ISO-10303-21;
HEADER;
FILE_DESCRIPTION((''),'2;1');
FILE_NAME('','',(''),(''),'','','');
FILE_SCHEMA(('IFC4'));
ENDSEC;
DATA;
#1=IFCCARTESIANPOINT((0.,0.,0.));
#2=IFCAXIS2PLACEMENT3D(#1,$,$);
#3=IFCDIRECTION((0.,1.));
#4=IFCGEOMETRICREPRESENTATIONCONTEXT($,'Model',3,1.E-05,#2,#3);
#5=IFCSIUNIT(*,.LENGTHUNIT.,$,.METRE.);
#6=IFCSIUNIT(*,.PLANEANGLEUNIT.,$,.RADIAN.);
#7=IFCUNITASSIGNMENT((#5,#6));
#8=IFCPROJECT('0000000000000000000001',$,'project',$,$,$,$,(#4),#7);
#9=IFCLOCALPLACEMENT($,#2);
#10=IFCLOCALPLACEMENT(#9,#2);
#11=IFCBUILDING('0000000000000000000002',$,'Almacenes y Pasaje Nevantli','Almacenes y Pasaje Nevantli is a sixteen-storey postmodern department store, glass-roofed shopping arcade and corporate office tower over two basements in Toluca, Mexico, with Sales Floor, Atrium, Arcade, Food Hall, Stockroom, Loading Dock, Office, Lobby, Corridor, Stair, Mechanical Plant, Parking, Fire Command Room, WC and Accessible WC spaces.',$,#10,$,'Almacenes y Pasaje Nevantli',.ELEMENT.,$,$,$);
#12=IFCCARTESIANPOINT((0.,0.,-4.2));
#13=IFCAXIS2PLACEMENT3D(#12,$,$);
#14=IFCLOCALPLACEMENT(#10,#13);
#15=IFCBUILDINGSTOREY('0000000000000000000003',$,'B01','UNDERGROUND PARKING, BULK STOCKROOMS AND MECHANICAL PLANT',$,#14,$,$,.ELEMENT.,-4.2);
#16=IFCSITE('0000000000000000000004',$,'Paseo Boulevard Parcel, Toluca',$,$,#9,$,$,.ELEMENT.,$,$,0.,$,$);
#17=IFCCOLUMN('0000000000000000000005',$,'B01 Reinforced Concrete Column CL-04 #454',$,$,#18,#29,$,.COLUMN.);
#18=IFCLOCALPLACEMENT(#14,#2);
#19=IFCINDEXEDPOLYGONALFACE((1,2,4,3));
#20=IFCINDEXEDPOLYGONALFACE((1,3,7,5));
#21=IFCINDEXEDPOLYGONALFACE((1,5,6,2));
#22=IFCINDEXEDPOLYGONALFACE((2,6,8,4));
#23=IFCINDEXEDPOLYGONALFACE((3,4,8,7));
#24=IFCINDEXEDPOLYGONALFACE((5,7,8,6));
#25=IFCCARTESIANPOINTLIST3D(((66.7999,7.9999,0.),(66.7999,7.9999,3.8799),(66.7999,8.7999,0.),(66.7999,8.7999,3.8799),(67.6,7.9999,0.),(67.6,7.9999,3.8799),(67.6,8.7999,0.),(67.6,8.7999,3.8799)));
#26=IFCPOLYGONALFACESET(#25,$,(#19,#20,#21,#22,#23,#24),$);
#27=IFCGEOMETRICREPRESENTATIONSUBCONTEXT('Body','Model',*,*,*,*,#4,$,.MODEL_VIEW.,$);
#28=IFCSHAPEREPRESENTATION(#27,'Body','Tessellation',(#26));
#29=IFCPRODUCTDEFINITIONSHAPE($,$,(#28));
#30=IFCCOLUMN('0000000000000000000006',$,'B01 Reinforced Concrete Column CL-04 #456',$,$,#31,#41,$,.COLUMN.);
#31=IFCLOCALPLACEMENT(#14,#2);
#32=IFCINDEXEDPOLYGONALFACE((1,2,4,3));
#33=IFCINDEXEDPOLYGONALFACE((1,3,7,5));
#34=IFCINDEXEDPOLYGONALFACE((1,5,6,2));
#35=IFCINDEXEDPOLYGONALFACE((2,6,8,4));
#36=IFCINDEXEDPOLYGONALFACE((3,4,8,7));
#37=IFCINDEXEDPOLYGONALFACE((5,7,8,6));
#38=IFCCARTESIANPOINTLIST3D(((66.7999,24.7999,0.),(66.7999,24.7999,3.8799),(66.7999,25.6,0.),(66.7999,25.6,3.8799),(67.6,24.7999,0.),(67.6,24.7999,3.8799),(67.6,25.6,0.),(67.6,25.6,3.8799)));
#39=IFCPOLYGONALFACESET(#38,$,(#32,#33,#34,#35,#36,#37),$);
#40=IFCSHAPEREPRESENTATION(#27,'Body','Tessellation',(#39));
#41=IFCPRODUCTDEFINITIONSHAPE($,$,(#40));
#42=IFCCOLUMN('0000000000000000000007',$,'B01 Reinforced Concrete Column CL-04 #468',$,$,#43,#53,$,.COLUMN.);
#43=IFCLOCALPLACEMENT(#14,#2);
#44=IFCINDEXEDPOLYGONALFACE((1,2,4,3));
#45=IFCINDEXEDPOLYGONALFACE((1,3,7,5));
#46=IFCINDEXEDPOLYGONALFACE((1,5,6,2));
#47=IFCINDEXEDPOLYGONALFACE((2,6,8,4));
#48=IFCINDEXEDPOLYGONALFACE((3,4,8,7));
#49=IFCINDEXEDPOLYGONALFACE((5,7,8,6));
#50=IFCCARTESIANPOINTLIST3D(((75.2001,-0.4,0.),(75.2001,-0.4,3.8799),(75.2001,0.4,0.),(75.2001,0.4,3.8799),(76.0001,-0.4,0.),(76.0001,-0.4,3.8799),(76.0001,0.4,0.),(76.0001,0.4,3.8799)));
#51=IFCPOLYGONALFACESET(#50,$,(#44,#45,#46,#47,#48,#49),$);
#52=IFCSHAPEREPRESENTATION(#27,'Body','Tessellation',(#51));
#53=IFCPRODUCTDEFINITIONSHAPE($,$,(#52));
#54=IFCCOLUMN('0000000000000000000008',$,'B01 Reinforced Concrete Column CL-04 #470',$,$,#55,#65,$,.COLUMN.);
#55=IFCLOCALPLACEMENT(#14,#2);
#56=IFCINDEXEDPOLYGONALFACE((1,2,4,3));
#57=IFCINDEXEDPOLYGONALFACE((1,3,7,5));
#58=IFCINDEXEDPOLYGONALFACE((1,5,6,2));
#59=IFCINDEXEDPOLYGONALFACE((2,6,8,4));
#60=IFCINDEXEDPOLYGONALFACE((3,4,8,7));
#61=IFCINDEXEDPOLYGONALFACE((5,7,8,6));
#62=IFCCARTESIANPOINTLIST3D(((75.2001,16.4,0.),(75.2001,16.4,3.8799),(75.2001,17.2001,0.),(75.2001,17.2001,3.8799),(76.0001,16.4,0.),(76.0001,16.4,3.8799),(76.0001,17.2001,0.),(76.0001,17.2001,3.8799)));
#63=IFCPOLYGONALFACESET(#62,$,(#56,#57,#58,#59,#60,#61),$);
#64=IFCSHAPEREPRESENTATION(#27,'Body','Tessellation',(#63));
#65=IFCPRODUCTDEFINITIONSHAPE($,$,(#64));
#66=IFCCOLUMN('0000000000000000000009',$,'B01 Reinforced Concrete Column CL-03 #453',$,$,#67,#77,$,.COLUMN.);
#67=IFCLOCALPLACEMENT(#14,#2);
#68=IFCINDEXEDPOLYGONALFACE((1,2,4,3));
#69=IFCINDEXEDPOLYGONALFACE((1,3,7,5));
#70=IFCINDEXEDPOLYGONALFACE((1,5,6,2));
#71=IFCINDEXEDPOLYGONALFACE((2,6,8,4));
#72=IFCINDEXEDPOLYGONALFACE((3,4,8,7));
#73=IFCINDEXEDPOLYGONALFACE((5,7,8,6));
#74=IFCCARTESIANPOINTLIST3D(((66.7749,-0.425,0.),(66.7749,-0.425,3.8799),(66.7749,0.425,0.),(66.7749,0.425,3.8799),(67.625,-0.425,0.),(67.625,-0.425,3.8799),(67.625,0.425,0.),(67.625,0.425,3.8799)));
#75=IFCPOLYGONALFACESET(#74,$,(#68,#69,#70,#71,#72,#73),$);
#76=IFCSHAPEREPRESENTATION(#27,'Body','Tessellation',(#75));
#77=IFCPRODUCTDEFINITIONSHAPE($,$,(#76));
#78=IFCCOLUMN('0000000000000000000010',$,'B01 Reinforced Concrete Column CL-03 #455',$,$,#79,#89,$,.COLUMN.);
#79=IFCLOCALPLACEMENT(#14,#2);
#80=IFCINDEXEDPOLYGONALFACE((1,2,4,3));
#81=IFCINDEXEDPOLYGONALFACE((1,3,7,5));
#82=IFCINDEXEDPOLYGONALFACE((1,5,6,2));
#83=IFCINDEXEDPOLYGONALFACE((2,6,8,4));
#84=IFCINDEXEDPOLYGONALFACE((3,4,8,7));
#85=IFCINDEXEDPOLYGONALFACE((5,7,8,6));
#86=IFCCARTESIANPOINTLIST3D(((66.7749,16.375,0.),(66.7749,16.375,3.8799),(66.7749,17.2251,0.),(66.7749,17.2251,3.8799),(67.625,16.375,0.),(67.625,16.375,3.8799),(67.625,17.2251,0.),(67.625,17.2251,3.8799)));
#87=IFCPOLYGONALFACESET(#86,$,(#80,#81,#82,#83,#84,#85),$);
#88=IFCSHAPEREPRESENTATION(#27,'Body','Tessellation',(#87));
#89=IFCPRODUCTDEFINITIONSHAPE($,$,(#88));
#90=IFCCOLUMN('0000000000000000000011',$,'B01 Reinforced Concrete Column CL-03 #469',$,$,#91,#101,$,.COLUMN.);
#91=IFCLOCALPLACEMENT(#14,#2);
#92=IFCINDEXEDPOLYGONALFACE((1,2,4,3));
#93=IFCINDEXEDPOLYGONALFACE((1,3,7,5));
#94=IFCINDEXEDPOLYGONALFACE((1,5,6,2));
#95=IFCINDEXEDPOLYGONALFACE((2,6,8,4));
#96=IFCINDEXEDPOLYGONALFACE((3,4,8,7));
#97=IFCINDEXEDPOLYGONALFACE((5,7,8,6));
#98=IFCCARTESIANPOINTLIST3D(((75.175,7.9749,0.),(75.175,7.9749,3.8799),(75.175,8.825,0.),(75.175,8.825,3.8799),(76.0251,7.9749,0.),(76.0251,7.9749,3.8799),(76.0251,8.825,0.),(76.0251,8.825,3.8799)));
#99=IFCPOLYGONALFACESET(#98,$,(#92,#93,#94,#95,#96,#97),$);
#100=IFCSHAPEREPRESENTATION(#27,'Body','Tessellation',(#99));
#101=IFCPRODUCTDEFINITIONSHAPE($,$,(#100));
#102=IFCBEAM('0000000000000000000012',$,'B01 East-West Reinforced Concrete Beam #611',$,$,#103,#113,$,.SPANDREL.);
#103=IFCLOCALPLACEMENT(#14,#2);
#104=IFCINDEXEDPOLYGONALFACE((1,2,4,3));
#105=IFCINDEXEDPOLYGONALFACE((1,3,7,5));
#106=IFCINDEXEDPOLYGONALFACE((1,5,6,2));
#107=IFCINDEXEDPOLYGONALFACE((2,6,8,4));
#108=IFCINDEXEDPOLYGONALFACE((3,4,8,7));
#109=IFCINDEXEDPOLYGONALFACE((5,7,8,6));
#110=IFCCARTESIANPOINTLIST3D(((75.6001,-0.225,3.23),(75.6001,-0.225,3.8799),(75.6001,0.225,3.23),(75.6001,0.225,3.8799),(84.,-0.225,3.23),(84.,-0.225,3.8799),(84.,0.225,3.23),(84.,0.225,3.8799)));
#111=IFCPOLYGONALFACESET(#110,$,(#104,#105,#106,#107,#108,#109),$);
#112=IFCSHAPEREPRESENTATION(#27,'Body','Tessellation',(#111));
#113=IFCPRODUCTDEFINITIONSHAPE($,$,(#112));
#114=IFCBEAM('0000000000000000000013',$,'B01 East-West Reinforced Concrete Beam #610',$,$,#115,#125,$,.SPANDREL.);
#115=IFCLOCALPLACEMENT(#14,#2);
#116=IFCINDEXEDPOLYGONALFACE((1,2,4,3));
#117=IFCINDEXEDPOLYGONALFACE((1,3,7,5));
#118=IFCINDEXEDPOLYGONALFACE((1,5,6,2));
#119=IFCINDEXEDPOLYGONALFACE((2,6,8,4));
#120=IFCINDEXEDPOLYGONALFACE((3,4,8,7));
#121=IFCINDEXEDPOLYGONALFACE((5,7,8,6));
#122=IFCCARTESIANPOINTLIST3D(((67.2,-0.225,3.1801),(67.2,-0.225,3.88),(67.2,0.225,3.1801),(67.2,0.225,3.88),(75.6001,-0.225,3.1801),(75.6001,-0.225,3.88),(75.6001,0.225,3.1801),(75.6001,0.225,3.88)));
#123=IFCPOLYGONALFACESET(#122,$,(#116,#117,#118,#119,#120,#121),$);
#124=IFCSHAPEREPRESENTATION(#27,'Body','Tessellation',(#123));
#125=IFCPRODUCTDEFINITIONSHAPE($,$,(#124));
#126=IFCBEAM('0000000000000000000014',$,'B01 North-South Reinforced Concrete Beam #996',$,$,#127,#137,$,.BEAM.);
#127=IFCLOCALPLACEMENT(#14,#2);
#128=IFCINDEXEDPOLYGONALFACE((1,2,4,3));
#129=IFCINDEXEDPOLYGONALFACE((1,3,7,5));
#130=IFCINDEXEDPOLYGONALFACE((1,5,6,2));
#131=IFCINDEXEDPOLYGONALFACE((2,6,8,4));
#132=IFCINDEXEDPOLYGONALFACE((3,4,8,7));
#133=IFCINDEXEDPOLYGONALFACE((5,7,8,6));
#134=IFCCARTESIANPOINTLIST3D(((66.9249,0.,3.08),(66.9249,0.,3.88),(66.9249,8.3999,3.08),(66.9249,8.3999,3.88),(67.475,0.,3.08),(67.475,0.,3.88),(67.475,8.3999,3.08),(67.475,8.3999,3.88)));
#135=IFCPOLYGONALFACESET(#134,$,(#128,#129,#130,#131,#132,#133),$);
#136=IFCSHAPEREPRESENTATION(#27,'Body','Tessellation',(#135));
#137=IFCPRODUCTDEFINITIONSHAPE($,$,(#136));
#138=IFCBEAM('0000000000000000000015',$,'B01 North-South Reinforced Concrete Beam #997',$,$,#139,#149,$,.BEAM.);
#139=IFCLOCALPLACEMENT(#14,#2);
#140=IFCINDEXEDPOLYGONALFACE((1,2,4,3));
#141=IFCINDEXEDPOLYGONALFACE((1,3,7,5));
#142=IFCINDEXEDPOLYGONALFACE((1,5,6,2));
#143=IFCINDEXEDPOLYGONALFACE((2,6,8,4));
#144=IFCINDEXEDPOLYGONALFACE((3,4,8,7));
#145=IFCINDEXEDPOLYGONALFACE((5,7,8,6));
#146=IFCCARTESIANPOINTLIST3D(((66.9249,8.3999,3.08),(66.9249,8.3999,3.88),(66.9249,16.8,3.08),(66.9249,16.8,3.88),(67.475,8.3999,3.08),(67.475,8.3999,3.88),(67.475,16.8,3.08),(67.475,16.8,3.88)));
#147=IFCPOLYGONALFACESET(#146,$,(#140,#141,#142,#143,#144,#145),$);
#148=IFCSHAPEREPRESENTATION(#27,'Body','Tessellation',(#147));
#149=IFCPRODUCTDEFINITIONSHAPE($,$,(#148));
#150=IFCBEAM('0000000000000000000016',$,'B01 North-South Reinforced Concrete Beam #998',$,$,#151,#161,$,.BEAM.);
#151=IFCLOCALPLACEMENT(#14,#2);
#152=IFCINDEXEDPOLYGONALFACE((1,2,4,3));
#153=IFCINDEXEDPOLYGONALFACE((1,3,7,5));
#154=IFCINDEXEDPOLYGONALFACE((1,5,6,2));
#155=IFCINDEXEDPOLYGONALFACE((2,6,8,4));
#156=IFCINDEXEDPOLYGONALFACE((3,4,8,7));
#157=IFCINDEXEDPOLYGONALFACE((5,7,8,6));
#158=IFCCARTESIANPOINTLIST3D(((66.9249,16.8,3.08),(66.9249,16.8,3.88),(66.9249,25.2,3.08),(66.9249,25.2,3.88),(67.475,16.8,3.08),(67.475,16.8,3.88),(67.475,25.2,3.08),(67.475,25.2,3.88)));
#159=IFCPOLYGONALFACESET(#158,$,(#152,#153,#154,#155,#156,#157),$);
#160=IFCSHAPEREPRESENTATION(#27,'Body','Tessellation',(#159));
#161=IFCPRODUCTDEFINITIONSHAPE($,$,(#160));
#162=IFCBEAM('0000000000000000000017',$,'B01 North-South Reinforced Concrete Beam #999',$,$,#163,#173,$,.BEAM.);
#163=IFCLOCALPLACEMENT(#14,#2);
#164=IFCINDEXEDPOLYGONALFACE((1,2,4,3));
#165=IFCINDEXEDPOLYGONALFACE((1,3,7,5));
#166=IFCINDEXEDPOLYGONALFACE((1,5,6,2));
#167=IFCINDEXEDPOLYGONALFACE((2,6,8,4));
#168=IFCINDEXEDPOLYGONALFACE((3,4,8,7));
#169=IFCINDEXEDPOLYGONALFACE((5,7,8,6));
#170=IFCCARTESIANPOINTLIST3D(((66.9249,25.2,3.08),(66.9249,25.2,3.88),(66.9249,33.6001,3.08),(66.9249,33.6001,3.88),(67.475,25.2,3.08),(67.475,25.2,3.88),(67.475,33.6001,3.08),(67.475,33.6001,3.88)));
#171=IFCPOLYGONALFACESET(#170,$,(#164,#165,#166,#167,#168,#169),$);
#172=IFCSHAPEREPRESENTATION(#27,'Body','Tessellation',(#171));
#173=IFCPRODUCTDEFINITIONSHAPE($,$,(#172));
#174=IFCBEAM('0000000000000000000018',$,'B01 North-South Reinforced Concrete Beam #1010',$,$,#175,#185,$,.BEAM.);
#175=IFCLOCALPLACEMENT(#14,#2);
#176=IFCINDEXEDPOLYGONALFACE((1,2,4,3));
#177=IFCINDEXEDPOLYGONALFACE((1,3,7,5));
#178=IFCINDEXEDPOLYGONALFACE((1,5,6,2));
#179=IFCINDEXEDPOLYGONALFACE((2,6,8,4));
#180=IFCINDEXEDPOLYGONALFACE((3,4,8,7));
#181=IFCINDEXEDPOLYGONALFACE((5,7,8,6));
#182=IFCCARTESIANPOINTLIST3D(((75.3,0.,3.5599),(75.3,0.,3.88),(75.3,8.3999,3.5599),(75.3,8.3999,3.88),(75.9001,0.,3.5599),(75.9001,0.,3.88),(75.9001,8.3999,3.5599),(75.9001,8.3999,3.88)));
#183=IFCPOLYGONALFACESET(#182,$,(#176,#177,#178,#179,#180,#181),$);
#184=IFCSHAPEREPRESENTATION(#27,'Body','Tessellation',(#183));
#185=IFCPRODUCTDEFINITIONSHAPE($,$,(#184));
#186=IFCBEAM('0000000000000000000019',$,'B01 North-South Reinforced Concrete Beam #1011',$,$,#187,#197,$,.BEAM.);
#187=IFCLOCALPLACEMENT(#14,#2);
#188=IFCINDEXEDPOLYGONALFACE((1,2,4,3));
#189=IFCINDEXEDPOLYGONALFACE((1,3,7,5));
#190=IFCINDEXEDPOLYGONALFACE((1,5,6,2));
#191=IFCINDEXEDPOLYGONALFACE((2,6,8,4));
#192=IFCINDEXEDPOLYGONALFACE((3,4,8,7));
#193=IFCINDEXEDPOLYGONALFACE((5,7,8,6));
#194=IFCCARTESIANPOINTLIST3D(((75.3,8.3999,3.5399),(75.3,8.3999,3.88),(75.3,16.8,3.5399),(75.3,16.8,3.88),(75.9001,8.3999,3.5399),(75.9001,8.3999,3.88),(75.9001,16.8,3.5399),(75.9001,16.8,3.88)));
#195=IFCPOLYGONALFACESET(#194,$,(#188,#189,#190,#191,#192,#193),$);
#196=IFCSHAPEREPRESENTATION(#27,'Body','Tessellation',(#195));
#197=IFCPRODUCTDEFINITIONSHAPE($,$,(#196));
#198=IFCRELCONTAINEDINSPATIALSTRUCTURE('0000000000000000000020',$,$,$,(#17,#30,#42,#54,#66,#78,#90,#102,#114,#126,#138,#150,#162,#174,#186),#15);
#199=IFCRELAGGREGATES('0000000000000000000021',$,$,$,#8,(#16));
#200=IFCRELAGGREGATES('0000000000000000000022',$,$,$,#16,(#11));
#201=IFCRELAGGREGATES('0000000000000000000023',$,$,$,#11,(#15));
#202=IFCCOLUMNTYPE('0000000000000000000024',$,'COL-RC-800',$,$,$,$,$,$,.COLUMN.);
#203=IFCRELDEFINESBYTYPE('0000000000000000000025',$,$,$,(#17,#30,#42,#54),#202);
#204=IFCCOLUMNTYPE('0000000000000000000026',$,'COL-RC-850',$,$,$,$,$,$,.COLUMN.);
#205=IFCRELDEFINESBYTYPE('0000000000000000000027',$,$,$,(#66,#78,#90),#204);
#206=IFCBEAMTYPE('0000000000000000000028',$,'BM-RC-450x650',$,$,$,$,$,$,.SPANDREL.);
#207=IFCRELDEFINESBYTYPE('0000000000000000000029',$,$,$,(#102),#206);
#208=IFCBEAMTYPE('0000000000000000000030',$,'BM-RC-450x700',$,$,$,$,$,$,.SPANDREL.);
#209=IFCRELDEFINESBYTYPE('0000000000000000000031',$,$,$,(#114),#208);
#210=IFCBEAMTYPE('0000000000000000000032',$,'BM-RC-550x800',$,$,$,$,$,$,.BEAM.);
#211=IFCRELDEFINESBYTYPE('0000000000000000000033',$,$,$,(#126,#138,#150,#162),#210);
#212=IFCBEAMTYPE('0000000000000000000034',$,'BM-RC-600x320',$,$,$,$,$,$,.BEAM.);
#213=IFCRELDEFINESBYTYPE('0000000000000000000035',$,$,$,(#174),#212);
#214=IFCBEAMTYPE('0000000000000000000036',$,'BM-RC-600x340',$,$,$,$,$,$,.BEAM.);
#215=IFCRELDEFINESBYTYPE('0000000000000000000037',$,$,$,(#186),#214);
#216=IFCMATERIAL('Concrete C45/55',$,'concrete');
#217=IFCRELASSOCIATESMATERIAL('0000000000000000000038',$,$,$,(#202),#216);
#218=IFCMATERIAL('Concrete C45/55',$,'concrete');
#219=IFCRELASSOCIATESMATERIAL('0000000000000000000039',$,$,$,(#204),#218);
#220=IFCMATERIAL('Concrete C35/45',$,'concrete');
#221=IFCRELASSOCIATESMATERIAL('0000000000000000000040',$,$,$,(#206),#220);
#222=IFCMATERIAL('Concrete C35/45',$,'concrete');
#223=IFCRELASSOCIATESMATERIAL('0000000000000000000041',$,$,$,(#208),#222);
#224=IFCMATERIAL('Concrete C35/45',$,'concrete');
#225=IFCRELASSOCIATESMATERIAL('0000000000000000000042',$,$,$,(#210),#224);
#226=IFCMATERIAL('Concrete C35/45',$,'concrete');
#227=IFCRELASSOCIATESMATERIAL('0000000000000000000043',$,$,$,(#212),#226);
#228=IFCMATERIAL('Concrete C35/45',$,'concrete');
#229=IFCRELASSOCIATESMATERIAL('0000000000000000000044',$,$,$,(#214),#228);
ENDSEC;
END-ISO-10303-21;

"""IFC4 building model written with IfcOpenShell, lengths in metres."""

from ifc_helpers import new_model, si_unit, direction, frame, origin, origin_2d, place, context, subcontext, project, spatial, rectangle, extrude, material, material_profile, profile_set, type_object, element, save


model = new_model("IFC4")

# Units and contexts
model_context = context("Model", 3, precision=1e-05, world=origin(), true_north=direction((0.0, 1.0)))
body_context = subcontext(model_context, "Body", "Model", "MODEL_VIEW")
ifc_project = project(units=[si_unit("LENGTHUNIT", "METRE"), si_unit("PLANEANGLEUNIT", "RADIAN")], contexts=[model_context])

# Site, building, storey
site_placement = place(None, origin())
site = spatial("IfcSite", under=ifc_project, at=site_placement, Name="Paseo Boulevard Parcel, Toluca", CompositionType="ELEMENT", RefElevation=0.0)
building_placement = place(site_placement, origin())
building = spatial("IfcBuilding", under=site, at=building_placement, Name="Almacenes y Pasaje Nevantli", Description="Almacenes y Pasaje Nevantli is a sixteen-storey postmodern department store, glass-roofed shopping arcade and corporate office tower over two basements in Toluca, Mexico, with Sales Floor, Atrium, Arcade, Food Hall, Stockroom, Loading Dock, Office, Lobby, Corridor, Stair, Mechanical Plant, Parking, Fire Command Room, WC and Accessible WC spaces.", LongName="Almacenes y Pasaje Nevantli", CompositionType="ELEMENT")
storey_placement = place(building_placement, frame((0.0, 0.0, -4.2)))
storey = spatial("IfcBuildingStorey", under=building, at=storey_placement, Name="B01", Description="UNDERGROUND PARKING, BULK STOCKROOMS AND MECHANICAL PLANT", CompositionType="ELEMENT", Elevation=-4.2)

# Columns
ifc_material_1 = material(Name="Concrete C45/55", Category="concrete")
ifc_material_profile_1 = material_profile(ifc_material_1, rectangle(XDim=0.8, YDim=0.8, at=origin_2d()), Name="RC-COL-800x800")
ifc_profile_set_1 = profile_set([ifc_material_profile_1], Name="Concrete C45/55")
column_type_1 = type_object("IfcColumnType", Name="COL-RC-800", PredefinedType="COLUMN", material=ifc_profile_set_1)
for number, where, z_axis, x_axis, name in (
    (1, (67.2, 8.3999, 0.0), (0.0, 0.0, 1.0), (1.0, 0.0, 0.0), "B01 Reinforced Concrete Column CL-04 #454"),
    (2, (67.2, 25.2, 0.0), (0.0, 0.0, 1.0), (1.0, 0.0, 0.0), "B01 Reinforced Concrete Column CL-04 #456"),
    (3, (75.6001, 0.0, 0.0), (0.0, 0.0, 1.0), (1.0, 0.0, 0.0), "B01 Reinforced Concrete Column CL-04 #468"),
    (4, (75.6001, 16.8, 0.0), (0.0, 0.0, 1.0), (1.0, 0.0, 0.0), "B01 Reinforced Concrete Column CL-04 #470"),
):
    element("IfcColumn", number, at=place(storey_placement, frame(where, z_axis=z_axis, x_axis=x_axis)), inside=storey, type_object=column_type_1, Name=name, PredefinedType="COLUMN", context=body_context, shape_type="SweptSolid", body=[
        extrude(rectangle(XDim=0.8, YDim=0.8, at=origin_2d()), origin(), (0.0, 0.0, 1.0), 3.8799),
    ])
ifc_material_2 = material(Name="Concrete C45/55", Category="concrete")
ifc_material_profile_2 = material_profile(ifc_material_2, rectangle(XDim=0.8501, YDim=0.8501, at=origin_2d()), Name="RC-COL-850x850")
ifc_profile_set_2 = profile_set([ifc_material_profile_2], Name="Concrete C45/55")
column_type_2 = type_object("IfcColumnType", Name="COL-RC-850", PredefinedType="COLUMN", material=ifc_profile_set_2)
for number, where, z_axis, x_axis, name in (
    (5, (67.2, 0.0, 0.0), (0.0, 0.0, 1.0), (1.0, 0.0, 0.0), "B01 Reinforced Concrete Column CL-03 #453"),
    (6, (67.2, 16.8, 0.0), (0.0, 0.0, 1.0), (1.0, 0.0, 0.0), "B01 Reinforced Concrete Column CL-03 #455"),
    (7, (75.6001, 8.3999, 0.0), (0.0, 0.0, 1.0), (1.0, 0.0, 0.0), "B01 Reinforced Concrete Column CL-03 #469"),
):
    element("IfcColumn", number, at=place(storey_placement, frame(where, z_axis=z_axis, x_axis=x_axis)), inside=storey, type_object=column_type_2, Name=name, PredefinedType="COLUMN", context=body_context, shape_type="SweptSolid", body=[
        extrude(rectangle(XDim=0.8501, YDim=0.8501, at=origin_2d()), origin(), (0.0, 0.0, 1.0), 3.8799),
    ])

# Beams
ifc_material_3 = material(Name="Concrete C35/45", Category="concrete")
ifc_material_profile_3 = material_profile(ifc_material_3, rectangle(XDim=0.45, YDim=0.6499, at=origin_2d()), Name="RC-BM-450x650")
ifc_profile_set_3 = profile_set([ifc_material_profile_3], Name="Concrete C35/45")
beam_type_1 = type_object("IfcBeamType", Name="BM-RC-450x650", PredefinedType="SPANDREL", material=ifc_profile_set_3)
beam_1_placement = place(storey_placement, frame((75.6001, 0.0, 3.5549), z_axis=(1.0, 0.0, 0.0), x_axis=(0.0, 1.0, 0.0)))
element("IfcBeam", 8, at=beam_1_placement, inside=storey, type_object=beam_type_1, Name="B01 East-West Reinforced Concrete Beam #611", PredefinedType="SPANDREL", context=body_context, shape_type="SweptSolid", body=[
    extrude(rectangle(XDim=0.45, YDim=0.6499, at=origin_2d()), origin(), (0.0, 0.0, 1.0), 8.3999),
])
ifc_material_4 = material(Name="Concrete C35/45", Category="concrete")
ifc_material_profile_4 = material_profile(ifc_material_4, rectangle(XDim=0.45, YDim=0.7, at=origin_2d()), Name="RC-BM-450x700")
ifc_profile_set_4 = profile_set([ifc_material_profile_4], Name="Concrete C35/45")
beam_type_2 = type_object("IfcBeamType", Name="BM-RC-450x700", PredefinedType="SPANDREL", material=ifc_profile_set_4)
beam_2_placement = place(storey_placement, frame((67.2, 0.0, 3.53), z_axis=(1.0, 0.0, 0.0), x_axis=(0.0, 1.0, 0.0)))
element("IfcBeam", 9, at=beam_2_placement, inside=storey, type_object=beam_type_2, Name="B01 East-West Reinforced Concrete Beam #610", PredefinedType="SPANDREL", context=body_context, shape_type="SweptSolid", body=[
    extrude(rectangle(XDim=0.45, YDim=0.7, at=origin_2d()), origin(), (0.0, 0.0, 1.0), 8.4001),
])
ifc_material_5 = material(Name="Concrete C35/45", Category="concrete")
ifc_material_profile_5 = material_profile(ifc_material_5, rectangle(XDim=0.55, YDim=0.8, at=origin_2d()), Name="RC-BM-550x800")
ifc_profile_set_5 = profile_set([ifc_material_profile_5], Name="Concrete C35/45")
beam_type_3 = type_object("IfcBeamType", Name="BM-RC-550x800", PredefinedType="BEAM", material=ifc_profile_set_5)
beam_3_placement = place(storey_placement, frame((67.2, 0.0, 3.48), z_axis=(0.0, 1.0, 0.0), x_axis=(-1.0, 0.0, 0.0)))
element("IfcBeam", 10, at=beam_3_placement, inside=storey, type_object=beam_type_3, Name="B01 North-South Reinforced Concrete Beam #996", PredefinedType="BEAM", context=body_context, shape_type="SweptSolid", body=[
    extrude(rectangle(XDim=0.55, YDim=0.8, at=origin_2d()), origin(), (0.0, 0.0, 1.0), 8.3999),
])
beam_4_placement = place(storey_placement, frame((67.2, 8.3999, 3.48), z_axis=(0.0, 1.0, 0.0), x_axis=(-1.0, 0.0, 0.0)))
element("IfcBeam", 11, at=beam_4_placement, inside=storey, type_object=beam_type_3, Name="B01 North-South Reinforced Concrete Beam #997", PredefinedType="BEAM", context=body_context, shape_type="SweptSolid", body=[
    extrude(rectangle(XDim=0.55, YDim=0.8, at=origin_2d()), origin(), (0.0, 0.0, 1.0), 8.4001),
])
beam_5_placement = place(storey_placement, frame((67.2, 16.8, 3.48), z_axis=(0.0, 1.0, 0.0), x_axis=(-1.0, 0.0, 0.0)))
element("IfcBeam", 12, at=beam_5_placement, inside=storey, type_object=beam_type_3, Name="B01 North-South Reinforced Concrete Beam #998", PredefinedType="BEAM", context=body_context, shape_type="SweptSolid", body=[
    extrude(rectangle(XDim=0.55, YDim=0.8, at=origin_2d()), origin(), (0.0, 0.0, 1.0), 8.3999),
])
beam_6_placement = place(storey_placement, frame((67.2, 25.2, 3.48), z_axis=(0.0, 1.0, 0.0), x_axis=(-1.0, 0.0, 0.0)))
element("IfcBeam", 13, at=beam_6_placement, inside=storey, type_object=beam_type_3, Name="B01 North-South Reinforced Concrete Beam #999", PredefinedType="BEAM", context=body_context, shape_type="SweptSolid", body=[
    extrude(rectangle(XDim=0.55, YDim=0.8, at=origin_2d()), origin(), (0.0, 0.0, 1.0), 8.4001),
])
ifc_material_6 = material(Name="Concrete C35/45", Category="concrete")
ifc_material_profile_6 = material_profile(ifc_material_6, rectangle(XDim=0.6001, YDim=0.3201, at=origin_2d()), Name="RC-BM-600x320")
ifc_profile_set_6 = profile_set([ifc_material_profile_6], Name="Concrete C35/45")
beam_type_4 = type_object("IfcBeamType", Name="BM-RC-600x320", PredefinedType="BEAM", material=ifc_profile_set_6)
beam_7_placement = place(storey_placement, frame((75.6001, 0.0, 3.72), z_axis=(0.0, 1.0, 0.0), x_axis=(-1.0, 0.0, 0.0)))
element("IfcBeam", 14, at=beam_7_placement, inside=storey, type_object=beam_type_4, Name="B01 North-South Reinforced Concrete Beam #1010", PredefinedType="BEAM", context=body_context, shape_type="SweptSolid", body=[
    extrude(rectangle(XDim=0.6001, YDim=0.3201, at=origin_2d()), origin(), (0.0, 0.0, 1.0), 8.3999),
])
ifc_material_7 = material(Name="Concrete C35/45", Category="concrete")
ifc_material_profile_7 = material_profile(ifc_material_7, rectangle(XDim=0.6001, YDim=0.3401, at=origin_2d()), Name="RC-BM-600x340")
ifc_profile_set_7 = profile_set([ifc_material_profile_7], Name="Concrete C35/45")
beam_type_5 = type_object("IfcBeamType", Name="BM-RC-600x340", PredefinedType="BEAM", material=ifc_profile_set_7)
beam_8_placement = place(storey_placement, frame((75.6001, 8.3999, 3.71), z_axis=(0.0, 1.0, 0.0), x_axis=(-1.0, 0.0, 0.0)))
element("IfcBeam", 15, at=beam_8_placement, inside=storey, type_object=beam_type_5, Name="B01 North-South Reinforced Concrete Beam #1011", PredefinedType="BEAM", context=body_context, shape_type="SweptSolid", body=[
    extrude(rectangle(XDim=0.6001, YDim=0.3401, at=origin_2d()), origin(), (0.0, 0.0, 1.0), 8.4001),
])

save(model, "model.ifc")
